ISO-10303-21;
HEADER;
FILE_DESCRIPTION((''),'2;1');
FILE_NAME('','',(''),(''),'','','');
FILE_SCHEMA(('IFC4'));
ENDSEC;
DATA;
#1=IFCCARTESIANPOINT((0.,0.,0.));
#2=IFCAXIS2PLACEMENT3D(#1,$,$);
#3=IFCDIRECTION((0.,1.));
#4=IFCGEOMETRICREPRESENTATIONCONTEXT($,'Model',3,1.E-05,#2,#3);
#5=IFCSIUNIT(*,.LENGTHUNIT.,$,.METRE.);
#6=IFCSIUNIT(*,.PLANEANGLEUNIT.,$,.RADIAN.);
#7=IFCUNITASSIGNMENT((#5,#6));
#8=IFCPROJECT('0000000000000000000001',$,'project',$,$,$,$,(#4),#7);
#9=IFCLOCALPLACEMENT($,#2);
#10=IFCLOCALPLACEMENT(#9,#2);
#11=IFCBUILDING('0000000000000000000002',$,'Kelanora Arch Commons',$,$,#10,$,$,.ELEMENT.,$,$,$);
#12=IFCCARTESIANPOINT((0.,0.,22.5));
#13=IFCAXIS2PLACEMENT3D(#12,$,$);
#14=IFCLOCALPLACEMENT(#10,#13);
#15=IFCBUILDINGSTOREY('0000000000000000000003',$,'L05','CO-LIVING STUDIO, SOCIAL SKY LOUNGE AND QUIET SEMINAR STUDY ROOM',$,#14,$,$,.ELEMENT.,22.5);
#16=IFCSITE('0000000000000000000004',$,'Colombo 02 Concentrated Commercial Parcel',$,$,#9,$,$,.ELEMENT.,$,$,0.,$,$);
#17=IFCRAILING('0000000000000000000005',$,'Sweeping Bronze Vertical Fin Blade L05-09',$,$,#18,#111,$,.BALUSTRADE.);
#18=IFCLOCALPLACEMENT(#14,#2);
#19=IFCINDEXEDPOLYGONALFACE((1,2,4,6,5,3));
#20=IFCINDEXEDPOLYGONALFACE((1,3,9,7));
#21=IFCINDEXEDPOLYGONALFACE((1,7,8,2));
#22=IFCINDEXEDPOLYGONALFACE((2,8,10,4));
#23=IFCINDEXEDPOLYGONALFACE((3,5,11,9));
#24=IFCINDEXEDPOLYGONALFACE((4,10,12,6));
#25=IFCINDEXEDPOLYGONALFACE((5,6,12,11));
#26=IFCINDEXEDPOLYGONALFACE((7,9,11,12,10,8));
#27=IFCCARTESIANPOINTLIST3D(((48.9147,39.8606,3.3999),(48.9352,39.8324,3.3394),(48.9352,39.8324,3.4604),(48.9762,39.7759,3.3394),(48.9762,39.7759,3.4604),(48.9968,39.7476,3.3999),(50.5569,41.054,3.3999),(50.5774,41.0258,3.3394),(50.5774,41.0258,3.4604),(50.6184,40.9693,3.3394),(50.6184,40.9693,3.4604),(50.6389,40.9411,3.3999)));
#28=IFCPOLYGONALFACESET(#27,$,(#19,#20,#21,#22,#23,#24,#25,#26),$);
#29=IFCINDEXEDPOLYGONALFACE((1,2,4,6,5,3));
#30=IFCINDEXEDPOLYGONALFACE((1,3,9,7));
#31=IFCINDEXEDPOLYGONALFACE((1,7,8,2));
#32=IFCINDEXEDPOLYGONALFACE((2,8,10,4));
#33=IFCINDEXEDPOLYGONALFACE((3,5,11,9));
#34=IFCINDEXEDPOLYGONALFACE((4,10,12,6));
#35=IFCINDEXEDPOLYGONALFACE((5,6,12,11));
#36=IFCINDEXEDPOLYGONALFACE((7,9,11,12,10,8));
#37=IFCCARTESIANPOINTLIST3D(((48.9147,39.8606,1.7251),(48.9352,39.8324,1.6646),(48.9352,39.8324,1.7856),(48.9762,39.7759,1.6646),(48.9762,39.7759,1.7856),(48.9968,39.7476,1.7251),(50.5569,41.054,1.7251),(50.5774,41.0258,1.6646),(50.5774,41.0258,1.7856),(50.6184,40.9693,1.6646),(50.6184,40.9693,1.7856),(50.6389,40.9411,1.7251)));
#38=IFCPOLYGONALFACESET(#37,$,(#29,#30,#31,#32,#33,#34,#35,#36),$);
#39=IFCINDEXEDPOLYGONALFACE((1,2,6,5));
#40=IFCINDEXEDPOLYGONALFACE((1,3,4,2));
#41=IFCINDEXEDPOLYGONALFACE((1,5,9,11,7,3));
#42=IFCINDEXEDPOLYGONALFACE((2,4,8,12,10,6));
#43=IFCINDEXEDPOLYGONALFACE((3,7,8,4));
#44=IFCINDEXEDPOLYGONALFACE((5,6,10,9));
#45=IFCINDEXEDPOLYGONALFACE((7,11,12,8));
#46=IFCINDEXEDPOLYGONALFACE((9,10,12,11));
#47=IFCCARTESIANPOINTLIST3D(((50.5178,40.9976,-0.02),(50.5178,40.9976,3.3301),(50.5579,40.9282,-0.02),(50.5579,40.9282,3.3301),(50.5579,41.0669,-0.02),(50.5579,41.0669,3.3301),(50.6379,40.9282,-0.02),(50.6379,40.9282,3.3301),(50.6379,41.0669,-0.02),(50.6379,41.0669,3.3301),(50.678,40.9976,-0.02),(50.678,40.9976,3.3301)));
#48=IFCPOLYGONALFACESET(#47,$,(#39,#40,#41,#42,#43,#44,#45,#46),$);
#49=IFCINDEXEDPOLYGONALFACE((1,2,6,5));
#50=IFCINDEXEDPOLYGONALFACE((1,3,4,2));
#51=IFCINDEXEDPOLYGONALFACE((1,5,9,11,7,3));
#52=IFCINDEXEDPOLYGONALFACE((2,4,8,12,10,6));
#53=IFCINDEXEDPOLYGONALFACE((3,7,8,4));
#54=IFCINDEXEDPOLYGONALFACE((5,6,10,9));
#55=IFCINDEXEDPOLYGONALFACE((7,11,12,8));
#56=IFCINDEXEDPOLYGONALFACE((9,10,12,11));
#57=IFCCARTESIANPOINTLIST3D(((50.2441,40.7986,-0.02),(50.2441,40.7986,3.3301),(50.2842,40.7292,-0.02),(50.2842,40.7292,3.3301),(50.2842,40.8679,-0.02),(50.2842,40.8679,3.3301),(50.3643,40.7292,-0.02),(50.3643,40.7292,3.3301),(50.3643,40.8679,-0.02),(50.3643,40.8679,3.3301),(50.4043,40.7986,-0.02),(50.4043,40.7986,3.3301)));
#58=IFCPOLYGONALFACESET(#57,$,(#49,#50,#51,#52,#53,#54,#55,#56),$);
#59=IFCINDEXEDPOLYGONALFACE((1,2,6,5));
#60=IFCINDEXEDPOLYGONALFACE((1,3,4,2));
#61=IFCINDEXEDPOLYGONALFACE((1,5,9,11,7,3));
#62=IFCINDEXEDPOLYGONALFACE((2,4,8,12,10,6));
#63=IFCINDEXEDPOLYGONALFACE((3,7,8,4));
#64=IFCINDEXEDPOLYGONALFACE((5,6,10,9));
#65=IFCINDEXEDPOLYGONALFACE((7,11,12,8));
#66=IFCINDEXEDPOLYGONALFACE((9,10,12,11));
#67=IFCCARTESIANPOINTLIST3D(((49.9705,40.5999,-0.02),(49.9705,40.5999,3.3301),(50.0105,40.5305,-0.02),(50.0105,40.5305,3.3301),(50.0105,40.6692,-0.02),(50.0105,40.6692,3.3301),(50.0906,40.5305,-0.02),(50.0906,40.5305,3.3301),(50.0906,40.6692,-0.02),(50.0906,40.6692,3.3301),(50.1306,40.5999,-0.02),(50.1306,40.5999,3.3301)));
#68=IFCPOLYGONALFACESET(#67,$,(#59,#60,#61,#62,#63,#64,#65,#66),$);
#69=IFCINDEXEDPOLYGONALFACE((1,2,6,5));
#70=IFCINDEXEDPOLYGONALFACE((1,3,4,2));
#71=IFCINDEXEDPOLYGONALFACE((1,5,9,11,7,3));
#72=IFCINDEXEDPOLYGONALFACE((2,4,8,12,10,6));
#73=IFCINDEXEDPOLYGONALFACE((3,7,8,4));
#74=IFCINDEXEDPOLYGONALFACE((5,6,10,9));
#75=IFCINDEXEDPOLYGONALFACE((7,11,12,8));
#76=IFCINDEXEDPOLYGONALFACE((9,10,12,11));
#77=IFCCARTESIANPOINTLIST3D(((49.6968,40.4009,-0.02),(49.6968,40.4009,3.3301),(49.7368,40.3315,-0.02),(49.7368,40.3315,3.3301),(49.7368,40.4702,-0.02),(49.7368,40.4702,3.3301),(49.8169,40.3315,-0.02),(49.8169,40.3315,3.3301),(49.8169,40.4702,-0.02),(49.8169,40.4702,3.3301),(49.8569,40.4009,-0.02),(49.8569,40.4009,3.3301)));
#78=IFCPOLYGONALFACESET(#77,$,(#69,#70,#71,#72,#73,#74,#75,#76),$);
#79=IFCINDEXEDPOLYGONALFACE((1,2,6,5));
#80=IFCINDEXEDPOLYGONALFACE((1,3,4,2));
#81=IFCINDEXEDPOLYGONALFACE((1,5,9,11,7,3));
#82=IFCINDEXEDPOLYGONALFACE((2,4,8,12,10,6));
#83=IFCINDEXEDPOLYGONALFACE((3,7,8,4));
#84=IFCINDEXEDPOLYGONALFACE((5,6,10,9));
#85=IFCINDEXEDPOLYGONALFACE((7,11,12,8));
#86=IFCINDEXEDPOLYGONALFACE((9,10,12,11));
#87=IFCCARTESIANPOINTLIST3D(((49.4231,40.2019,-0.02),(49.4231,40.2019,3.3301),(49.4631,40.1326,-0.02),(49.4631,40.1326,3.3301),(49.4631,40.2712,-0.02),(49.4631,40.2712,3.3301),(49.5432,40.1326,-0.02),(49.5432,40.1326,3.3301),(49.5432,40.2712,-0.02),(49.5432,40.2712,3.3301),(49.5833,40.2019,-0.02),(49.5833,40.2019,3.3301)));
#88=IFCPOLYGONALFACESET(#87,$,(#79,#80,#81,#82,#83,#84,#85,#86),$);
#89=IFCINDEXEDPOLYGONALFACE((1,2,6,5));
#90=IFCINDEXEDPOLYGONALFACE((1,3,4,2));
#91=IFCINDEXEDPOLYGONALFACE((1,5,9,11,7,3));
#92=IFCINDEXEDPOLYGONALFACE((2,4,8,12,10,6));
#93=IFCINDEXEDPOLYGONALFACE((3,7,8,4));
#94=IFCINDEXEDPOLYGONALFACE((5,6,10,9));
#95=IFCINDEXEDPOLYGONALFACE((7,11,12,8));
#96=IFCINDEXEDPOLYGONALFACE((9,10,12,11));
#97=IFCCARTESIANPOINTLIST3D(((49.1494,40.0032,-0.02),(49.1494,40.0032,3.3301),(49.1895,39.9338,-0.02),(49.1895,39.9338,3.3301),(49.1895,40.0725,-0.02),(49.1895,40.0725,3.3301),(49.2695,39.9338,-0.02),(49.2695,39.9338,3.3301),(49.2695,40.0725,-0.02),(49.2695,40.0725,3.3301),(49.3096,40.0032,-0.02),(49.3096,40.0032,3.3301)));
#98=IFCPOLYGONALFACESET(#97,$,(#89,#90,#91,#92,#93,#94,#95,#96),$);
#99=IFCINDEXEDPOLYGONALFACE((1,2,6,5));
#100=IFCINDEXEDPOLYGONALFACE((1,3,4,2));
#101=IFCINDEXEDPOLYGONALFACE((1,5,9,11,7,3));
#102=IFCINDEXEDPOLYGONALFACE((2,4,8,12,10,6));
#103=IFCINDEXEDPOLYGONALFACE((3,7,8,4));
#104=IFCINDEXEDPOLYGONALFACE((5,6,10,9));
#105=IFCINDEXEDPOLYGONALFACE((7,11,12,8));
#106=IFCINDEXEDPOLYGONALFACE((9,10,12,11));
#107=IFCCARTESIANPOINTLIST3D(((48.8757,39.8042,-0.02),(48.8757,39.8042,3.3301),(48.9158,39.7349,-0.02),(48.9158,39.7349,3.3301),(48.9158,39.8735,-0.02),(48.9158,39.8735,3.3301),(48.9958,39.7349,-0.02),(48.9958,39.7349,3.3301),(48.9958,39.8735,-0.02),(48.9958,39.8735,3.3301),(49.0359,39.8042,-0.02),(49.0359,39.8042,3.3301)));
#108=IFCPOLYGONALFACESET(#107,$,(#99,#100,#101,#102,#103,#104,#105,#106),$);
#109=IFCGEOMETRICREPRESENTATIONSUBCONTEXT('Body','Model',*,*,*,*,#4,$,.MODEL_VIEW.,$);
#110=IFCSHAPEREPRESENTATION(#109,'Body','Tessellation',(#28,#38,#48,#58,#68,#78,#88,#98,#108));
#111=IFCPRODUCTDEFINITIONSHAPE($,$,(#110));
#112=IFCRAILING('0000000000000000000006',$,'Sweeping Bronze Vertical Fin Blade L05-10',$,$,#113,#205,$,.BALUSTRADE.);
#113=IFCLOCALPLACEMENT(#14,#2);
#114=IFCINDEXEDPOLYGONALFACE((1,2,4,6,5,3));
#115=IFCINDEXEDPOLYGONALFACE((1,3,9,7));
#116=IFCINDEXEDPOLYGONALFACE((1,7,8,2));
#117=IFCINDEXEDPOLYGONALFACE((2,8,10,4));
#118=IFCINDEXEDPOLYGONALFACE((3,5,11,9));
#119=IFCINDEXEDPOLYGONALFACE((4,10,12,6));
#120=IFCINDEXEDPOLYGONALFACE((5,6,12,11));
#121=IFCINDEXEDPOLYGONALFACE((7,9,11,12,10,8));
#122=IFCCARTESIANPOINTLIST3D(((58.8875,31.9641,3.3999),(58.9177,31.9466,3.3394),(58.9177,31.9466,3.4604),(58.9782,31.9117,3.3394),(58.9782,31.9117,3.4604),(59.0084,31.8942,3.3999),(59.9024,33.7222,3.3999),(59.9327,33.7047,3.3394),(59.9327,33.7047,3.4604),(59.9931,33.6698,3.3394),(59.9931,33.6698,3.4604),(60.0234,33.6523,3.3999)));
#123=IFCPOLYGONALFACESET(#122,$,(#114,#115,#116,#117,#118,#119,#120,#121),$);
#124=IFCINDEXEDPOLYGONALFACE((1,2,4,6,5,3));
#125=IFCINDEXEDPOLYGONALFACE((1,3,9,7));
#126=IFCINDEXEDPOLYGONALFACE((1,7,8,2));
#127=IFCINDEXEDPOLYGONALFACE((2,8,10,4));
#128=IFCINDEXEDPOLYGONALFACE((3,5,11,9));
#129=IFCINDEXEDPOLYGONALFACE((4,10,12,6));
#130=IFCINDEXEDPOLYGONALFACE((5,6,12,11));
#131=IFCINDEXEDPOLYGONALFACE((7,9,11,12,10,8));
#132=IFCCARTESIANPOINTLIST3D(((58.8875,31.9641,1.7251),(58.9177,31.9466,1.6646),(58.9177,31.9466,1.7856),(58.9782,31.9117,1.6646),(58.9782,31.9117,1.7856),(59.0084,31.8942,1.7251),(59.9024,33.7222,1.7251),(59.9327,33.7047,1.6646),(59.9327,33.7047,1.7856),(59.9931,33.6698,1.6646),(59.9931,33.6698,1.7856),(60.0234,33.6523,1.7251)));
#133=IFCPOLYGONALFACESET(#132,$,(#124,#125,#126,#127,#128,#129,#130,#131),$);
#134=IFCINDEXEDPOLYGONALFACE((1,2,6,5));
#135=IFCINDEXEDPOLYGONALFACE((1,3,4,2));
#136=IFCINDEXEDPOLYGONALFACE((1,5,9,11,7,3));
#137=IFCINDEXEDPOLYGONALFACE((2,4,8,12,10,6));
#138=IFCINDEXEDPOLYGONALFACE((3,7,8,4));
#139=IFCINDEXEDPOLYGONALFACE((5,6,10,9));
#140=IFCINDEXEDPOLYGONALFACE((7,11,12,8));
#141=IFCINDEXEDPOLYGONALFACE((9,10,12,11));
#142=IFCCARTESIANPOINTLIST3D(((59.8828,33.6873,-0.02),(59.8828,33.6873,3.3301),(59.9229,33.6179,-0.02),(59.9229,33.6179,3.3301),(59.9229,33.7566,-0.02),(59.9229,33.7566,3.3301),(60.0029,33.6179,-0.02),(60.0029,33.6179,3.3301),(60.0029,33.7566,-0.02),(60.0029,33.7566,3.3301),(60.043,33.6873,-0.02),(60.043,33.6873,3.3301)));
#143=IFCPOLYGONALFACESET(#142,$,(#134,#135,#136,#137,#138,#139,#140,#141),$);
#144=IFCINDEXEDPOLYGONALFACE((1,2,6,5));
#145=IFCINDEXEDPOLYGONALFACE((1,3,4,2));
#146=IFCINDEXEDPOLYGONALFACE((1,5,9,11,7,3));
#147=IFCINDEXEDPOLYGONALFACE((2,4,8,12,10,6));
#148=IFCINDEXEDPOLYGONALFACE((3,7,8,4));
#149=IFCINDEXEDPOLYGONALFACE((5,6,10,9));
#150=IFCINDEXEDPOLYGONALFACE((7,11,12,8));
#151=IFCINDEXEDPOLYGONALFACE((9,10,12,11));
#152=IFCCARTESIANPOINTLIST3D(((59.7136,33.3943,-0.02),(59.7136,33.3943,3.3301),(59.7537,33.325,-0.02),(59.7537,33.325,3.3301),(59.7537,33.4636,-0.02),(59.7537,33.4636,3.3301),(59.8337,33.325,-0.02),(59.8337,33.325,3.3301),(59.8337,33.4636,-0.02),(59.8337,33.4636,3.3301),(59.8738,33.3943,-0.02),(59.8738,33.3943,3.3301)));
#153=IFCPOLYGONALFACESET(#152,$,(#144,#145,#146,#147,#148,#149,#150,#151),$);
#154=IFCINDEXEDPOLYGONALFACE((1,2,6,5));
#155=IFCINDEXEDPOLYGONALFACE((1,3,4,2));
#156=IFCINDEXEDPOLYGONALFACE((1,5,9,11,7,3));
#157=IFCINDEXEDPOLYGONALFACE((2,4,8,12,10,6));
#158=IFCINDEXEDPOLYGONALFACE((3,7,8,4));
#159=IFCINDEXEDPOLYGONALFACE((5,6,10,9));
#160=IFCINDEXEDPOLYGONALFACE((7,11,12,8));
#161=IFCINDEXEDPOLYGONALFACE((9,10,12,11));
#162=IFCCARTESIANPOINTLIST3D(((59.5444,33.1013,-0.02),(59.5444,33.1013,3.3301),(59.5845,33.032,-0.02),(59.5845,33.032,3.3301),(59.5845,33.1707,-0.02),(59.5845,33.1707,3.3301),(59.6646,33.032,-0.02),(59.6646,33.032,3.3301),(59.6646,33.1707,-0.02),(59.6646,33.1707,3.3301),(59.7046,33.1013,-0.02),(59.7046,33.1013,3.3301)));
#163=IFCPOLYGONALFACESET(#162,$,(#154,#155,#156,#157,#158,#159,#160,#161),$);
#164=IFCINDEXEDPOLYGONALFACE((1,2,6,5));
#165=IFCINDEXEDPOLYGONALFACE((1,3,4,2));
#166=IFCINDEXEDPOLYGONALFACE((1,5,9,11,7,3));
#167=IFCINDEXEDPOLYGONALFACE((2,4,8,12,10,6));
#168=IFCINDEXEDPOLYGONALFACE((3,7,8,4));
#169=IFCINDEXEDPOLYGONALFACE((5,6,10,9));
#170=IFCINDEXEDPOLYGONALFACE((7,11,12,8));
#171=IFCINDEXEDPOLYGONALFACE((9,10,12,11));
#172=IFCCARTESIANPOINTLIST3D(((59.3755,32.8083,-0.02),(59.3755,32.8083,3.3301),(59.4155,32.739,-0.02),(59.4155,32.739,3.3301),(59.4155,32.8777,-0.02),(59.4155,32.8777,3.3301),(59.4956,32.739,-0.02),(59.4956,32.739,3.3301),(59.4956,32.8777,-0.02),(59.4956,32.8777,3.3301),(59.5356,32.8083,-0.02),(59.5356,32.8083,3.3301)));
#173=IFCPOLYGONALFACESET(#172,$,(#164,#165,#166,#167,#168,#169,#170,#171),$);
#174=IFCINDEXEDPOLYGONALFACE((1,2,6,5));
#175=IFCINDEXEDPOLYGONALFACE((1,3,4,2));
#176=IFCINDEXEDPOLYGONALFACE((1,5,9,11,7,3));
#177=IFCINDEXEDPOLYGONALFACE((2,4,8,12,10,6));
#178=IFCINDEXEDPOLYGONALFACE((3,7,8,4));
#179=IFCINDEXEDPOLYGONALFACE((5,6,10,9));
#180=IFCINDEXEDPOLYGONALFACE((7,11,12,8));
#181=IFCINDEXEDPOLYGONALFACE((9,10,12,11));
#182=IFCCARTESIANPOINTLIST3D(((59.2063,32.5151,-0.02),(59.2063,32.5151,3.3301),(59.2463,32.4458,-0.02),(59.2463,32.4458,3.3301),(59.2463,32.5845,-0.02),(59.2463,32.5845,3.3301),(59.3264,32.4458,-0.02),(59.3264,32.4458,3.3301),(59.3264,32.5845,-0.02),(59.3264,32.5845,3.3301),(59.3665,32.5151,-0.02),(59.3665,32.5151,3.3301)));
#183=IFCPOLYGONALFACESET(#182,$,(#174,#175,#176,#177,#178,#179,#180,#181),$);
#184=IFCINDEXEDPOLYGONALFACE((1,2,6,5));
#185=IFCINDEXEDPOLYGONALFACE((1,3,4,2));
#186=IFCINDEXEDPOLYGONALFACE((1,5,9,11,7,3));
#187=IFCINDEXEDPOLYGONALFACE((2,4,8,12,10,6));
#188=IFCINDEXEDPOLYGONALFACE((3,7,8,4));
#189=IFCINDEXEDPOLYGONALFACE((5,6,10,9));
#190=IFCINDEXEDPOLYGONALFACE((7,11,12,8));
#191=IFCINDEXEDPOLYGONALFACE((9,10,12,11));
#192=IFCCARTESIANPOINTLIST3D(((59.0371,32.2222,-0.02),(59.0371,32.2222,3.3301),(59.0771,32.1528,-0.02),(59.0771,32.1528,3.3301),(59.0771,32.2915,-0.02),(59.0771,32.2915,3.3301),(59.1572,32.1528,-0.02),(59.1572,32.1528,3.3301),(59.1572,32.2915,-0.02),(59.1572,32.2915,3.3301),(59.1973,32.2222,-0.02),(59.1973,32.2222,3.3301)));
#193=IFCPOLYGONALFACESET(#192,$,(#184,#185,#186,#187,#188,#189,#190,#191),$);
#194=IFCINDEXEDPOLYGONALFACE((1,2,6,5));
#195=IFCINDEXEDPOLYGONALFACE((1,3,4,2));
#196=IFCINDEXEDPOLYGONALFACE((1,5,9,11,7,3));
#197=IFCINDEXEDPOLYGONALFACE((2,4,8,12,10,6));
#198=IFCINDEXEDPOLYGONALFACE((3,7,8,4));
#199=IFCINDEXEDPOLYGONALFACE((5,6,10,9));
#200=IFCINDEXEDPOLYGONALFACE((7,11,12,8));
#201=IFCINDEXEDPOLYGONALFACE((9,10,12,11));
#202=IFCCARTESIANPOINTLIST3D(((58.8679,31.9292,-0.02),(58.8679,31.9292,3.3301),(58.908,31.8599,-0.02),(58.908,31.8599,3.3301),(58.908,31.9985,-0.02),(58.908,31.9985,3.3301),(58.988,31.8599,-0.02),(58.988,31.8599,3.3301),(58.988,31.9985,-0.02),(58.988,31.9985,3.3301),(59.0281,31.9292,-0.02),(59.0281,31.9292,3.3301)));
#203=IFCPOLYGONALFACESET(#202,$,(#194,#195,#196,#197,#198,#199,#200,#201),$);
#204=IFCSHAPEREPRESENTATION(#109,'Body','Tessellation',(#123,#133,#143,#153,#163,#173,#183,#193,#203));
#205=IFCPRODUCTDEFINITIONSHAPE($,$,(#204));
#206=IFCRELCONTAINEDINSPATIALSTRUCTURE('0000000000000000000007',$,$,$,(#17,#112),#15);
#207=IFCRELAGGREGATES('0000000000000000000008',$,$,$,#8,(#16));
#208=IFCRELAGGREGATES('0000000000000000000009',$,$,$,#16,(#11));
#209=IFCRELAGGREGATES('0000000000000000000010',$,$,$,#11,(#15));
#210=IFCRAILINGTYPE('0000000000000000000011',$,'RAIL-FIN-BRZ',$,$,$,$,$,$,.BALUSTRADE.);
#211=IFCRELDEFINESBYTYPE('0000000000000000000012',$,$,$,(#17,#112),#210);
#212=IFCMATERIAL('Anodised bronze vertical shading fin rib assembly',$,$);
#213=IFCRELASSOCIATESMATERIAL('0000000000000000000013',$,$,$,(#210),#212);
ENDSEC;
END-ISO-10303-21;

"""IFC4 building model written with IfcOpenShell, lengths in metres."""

from ifc_helpers import new_model, si_unit, direction, frame, origin, place, context, subcontext, project, spatial, polyline, outline, extrude, material, type_object, element, save


model = new_model("IFC4")

# Units and contexts
model_context = context("Model", 3, precision=1e-05, world=origin(), true_north=direction((0.0, 1.0)))
body_context = subcontext(model_context, "Body", "Model", "MODEL_VIEW")
ifc_project = project(units=[si_unit("LENGTHUNIT", "METRE"), si_unit("PLANEANGLEUNIT", "RADIAN")], contexts=[model_context])

# Site, building, storey
site_placement = place(None, origin())
site = spatial("IfcSite", under=ifc_project, at=site_placement, Name="Colombo 02 Concentrated Commercial Parcel", CompositionType="ELEMENT", RefElevation=0.0)
building_placement = place(site_placement, origin())
building = spatial("IfcBuilding", under=site, at=building_placement, Name="Kelanora Arch Commons", CompositionType="ELEMENT")
storey_placement = place(building_placement, frame((0.0, 0.0, 22.5)))
storey = spatial("IfcBuildingStorey", under=building, at=storey_placement, Name="L05", Description="CO-LIVING STUDIO, SOCIAL SKY LOUNGE AND QUIET SEMINAR STUDY ROOM", CompositionType="ELEMENT", Elevation=22.5)

# Railings
ifc_material_1 = material(Name="Anodised bronze vertical shading fin rib assembly")
railing_type = type_object("IfcRailingType", Name="RAIL-FIN-BRZ", PredefinedType="BALUSTRADE", material=ifc_material_1)
railing_1_placement = place(storey_placement, frame((50.5979, 40.9976, -0.02)))
element("IfcRailing", 1, at=railing_1_placement, inside=storey, type_object=railing_type, Name="Sweeping Bronze Vertical Fin Blade L05-09", PredefinedType="BALUSTRADE", context=body_context, shape_type="SweptSolid", body=[
    extrude(outline(polyline([(0.0698, 0.0), (0.0349, 0.0605), (-0.0349, 0.0605), (-0.0698, 0.0), (-0.0349, -0.0605), (0.0349, -0.0605), (0.0698, 0.0)])), frame((0.0, 0.0, 3.4199), z_axis=(-0.808944, -0.587886, 0.0), x_axis=(0.587886, -0.808944, 0.0)), (0.0, 0.0, 1.0), 2.03),
    extrude(outline(polyline([(0.0698, 0.0), (0.0349, 0.0605), (-0.0349, 0.0605), (-0.0698, 0.0), (-0.0349, -0.0605), (0.0349, -0.0605), (0.0698, 0.0)])), frame((0.0, 0.0, 1.7451), z_axis=(-0.808944, -0.587886, 0.0), x_axis=(0.587886, -0.808944, 0.0)), (0.0, 0.0, 1.0), 2.03),
    extrude(outline(polyline([(0.0801, 0.0), (0.04, 0.0693), (-0.04, 0.0693), (-0.0801, 0.0), (-0.04, -0.0693), (0.04, -0.0693), (0.0801, 0.0)])), origin(), (0.0, 0.0, 1.0), 3.3501),
    extrude(outline(polyline([(0.0801, 0.0), (0.04, 0.0693), (-0.04, 0.0693), (-0.0801, 0.0), (-0.04, -0.0693), (0.04, -0.0693), (0.0801, 0.0)])), frame((-0.2737, -0.199, 0.0)), (0.0, 0.0, 1.0), 3.3501),
    extrude(outline(polyline([(0.0801, 0.0), (0.04, 0.0693), (-0.04, 0.0693), (-0.0801, 0.0), (-0.04, -0.0693), (0.04, -0.0693), (0.0801, 0.0)])), frame((-0.5474, -0.3977, 0.0)), (0.0, 0.0, 1.0), 3.3501),
    extrude(outline(polyline([(0.0801, 0.0), (0.04, 0.0693), (-0.04, 0.0693), (-0.0801, 0.0), (-0.04, -0.0693), (0.04, -0.0693), (0.0801, 0.0)])), frame((-0.821, -0.5967, 0.0)), (0.0, 0.0, 1.0), 3.3501),
    extrude(outline(polyline([(0.0801, 0.0), (0.04, 0.0693), (-0.04, 0.0693), (-0.0801, 0.0), (-0.04, -0.0693), (0.04, -0.0693), (0.0801, 0.0)])), frame((-1.0947, -0.7957, 0.0)), (0.0, 0.0, 1.0), 3.3501),
    extrude(outline(polyline([(0.0801, 0.0), (0.04, 0.0693), (-0.04, 0.0693), (-0.0801, 0.0), (-0.04, -0.0693), (0.04, -0.0693), (0.0801, 0.0)])), frame((-1.3684, -0.9944, 0.0)), (0.0, 0.0, 1.0), 3.3501),
    extrude(outline(polyline([(0.0801, 0.0), (0.04, 0.0693), (-0.04, 0.0693), (-0.0801, 0.0), (-0.04, -0.0693), (0.04, -0.0693), (0.0801, 0.0)])), frame((-1.6421, -1.1934, 0.0)), (0.0, 0.0, 1.0), 3.3501),
])
railing_2_placement = place(storey_placement, frame((59.9629, 33.6873, -0.02)))
element("IfcRailing", 2, at=railing_2_placement, inside=storey, type_object=railing_type, Name="Sweeping Bronze Vertical Fin Blade L05-10", PredefinedType="BALUSTRADE", context=body_context, shape_type="SweptSolid", body=[
    extrude(outline(polyline([(0.0698, 0.0), (0.0349, 0.0605), (-0.0349, 0.0605), (-0.0698, 0.0), (-0.0349, -0.0605), (0.0349, -0.0605), (0.0698, 0.0)])), frame((0.0, 0.0, 3.4199), z_axis=(-0.499955, -0.866051, 0.0), x_axis=(0.866051, -0.499955, 0.0)), (0.0, 0.0, 1.0), 2.03),
    extrude(outline(polyline([(0.0698, 0.0), (0.0349, 0.0605), (-0.0349, 0.0605), (-0.0698, 0.0), (-0.0349, -0.0605), (0.0349, -0.0605), (0.0698, 0.0)])), frame((0.0, 0.0, 1.7451), z_axis=(-0.499955, -0.866051, 0.0), x_axis=(0.866051, -0.499955, 0.0)), (0.0, 0.0, 1.0), 2.03),
    extrude(outline(polyline([(0.0801, 0.0), (0.04, 0.0693), (-0.04, 0.0693), (-0.0801, 0.0), (-0.04, -0.0693), (0.04, -0.0693), (0.0801, 0.0)])), origin(), (0.0, 0.0, 1.0), 3.3501),
    extrude(outline(polyline([(0.0801, 0.0), (0.04, 0.0693), (-0.04, 0.0693), (-0.0801, 0.0), (-0.04, -0.0693), (0.04, -0.0693), (0.0801, 0.0)])), frame((-0.1692, -0.293, 0.0)), (0.0, 0.0, 1.0), 3.3501),
    extrude(outline(polyline([(0.0801, 0.0), (0.04, 0.0693), (-0.04, 0.0693), (-0.0801, 0.0), (-0.04, -0.0693), (0.04, -0.0693), (0.0801, 0.0)])), frame((-0.3384, -0.5859, 0.0)), (0.0, 0.0, 1.0), 3.3501),
    extrude(outline(polyline([(0.0801, 0.0), (0.04, 0.0693), (-0.04, 0.0693), (-0.0801, 0.0), (-0.04, -0.0693), (0.04, -0.0693), (0.0801, 0.0)])), frame((-0.5073, -0.8789, 0.0)), (0.0, 0.0, 1.0), 3.3501),
    extrude(outline(polyline([(0.0801, 0.0), (0.04, 0.0693), (-0.04, 0.0693), (-0.0801, 0.0), (-0.04, -0.0693), (0.04, -0.0693), (0.0801, 0.0)])), frame((-0.6765, -1.1721, 0.0)), (0.0, 0.0, 1.0), 3.3501),
    extrude(outline(polyline([(0.0801, 0.0), (0.04, 0.0693), (-0.04, 0.0693), (-0.0801, 0.0), (-0.04, -0.0693), (0.04, -0.0693), (0.0801, 0.0)])), frame((-0.8457, -1.4651, 0.0)), (0.0, 0.0, 1.0), 3.3501),
    extrude(outline(polyline([(0.0801, 0.0), (0.04, 0.0693), (-0.04, 0.0693), (-0.0801, 0.0), (-0.04, -0.0693), (0.04, -0.0693), (0.0801, 0.0)])), frame((-1.0149, -1.7581, 0.0)), (0.0, 0.0, 1.0), 3.3501),
])

save(model, "model.ifc")
